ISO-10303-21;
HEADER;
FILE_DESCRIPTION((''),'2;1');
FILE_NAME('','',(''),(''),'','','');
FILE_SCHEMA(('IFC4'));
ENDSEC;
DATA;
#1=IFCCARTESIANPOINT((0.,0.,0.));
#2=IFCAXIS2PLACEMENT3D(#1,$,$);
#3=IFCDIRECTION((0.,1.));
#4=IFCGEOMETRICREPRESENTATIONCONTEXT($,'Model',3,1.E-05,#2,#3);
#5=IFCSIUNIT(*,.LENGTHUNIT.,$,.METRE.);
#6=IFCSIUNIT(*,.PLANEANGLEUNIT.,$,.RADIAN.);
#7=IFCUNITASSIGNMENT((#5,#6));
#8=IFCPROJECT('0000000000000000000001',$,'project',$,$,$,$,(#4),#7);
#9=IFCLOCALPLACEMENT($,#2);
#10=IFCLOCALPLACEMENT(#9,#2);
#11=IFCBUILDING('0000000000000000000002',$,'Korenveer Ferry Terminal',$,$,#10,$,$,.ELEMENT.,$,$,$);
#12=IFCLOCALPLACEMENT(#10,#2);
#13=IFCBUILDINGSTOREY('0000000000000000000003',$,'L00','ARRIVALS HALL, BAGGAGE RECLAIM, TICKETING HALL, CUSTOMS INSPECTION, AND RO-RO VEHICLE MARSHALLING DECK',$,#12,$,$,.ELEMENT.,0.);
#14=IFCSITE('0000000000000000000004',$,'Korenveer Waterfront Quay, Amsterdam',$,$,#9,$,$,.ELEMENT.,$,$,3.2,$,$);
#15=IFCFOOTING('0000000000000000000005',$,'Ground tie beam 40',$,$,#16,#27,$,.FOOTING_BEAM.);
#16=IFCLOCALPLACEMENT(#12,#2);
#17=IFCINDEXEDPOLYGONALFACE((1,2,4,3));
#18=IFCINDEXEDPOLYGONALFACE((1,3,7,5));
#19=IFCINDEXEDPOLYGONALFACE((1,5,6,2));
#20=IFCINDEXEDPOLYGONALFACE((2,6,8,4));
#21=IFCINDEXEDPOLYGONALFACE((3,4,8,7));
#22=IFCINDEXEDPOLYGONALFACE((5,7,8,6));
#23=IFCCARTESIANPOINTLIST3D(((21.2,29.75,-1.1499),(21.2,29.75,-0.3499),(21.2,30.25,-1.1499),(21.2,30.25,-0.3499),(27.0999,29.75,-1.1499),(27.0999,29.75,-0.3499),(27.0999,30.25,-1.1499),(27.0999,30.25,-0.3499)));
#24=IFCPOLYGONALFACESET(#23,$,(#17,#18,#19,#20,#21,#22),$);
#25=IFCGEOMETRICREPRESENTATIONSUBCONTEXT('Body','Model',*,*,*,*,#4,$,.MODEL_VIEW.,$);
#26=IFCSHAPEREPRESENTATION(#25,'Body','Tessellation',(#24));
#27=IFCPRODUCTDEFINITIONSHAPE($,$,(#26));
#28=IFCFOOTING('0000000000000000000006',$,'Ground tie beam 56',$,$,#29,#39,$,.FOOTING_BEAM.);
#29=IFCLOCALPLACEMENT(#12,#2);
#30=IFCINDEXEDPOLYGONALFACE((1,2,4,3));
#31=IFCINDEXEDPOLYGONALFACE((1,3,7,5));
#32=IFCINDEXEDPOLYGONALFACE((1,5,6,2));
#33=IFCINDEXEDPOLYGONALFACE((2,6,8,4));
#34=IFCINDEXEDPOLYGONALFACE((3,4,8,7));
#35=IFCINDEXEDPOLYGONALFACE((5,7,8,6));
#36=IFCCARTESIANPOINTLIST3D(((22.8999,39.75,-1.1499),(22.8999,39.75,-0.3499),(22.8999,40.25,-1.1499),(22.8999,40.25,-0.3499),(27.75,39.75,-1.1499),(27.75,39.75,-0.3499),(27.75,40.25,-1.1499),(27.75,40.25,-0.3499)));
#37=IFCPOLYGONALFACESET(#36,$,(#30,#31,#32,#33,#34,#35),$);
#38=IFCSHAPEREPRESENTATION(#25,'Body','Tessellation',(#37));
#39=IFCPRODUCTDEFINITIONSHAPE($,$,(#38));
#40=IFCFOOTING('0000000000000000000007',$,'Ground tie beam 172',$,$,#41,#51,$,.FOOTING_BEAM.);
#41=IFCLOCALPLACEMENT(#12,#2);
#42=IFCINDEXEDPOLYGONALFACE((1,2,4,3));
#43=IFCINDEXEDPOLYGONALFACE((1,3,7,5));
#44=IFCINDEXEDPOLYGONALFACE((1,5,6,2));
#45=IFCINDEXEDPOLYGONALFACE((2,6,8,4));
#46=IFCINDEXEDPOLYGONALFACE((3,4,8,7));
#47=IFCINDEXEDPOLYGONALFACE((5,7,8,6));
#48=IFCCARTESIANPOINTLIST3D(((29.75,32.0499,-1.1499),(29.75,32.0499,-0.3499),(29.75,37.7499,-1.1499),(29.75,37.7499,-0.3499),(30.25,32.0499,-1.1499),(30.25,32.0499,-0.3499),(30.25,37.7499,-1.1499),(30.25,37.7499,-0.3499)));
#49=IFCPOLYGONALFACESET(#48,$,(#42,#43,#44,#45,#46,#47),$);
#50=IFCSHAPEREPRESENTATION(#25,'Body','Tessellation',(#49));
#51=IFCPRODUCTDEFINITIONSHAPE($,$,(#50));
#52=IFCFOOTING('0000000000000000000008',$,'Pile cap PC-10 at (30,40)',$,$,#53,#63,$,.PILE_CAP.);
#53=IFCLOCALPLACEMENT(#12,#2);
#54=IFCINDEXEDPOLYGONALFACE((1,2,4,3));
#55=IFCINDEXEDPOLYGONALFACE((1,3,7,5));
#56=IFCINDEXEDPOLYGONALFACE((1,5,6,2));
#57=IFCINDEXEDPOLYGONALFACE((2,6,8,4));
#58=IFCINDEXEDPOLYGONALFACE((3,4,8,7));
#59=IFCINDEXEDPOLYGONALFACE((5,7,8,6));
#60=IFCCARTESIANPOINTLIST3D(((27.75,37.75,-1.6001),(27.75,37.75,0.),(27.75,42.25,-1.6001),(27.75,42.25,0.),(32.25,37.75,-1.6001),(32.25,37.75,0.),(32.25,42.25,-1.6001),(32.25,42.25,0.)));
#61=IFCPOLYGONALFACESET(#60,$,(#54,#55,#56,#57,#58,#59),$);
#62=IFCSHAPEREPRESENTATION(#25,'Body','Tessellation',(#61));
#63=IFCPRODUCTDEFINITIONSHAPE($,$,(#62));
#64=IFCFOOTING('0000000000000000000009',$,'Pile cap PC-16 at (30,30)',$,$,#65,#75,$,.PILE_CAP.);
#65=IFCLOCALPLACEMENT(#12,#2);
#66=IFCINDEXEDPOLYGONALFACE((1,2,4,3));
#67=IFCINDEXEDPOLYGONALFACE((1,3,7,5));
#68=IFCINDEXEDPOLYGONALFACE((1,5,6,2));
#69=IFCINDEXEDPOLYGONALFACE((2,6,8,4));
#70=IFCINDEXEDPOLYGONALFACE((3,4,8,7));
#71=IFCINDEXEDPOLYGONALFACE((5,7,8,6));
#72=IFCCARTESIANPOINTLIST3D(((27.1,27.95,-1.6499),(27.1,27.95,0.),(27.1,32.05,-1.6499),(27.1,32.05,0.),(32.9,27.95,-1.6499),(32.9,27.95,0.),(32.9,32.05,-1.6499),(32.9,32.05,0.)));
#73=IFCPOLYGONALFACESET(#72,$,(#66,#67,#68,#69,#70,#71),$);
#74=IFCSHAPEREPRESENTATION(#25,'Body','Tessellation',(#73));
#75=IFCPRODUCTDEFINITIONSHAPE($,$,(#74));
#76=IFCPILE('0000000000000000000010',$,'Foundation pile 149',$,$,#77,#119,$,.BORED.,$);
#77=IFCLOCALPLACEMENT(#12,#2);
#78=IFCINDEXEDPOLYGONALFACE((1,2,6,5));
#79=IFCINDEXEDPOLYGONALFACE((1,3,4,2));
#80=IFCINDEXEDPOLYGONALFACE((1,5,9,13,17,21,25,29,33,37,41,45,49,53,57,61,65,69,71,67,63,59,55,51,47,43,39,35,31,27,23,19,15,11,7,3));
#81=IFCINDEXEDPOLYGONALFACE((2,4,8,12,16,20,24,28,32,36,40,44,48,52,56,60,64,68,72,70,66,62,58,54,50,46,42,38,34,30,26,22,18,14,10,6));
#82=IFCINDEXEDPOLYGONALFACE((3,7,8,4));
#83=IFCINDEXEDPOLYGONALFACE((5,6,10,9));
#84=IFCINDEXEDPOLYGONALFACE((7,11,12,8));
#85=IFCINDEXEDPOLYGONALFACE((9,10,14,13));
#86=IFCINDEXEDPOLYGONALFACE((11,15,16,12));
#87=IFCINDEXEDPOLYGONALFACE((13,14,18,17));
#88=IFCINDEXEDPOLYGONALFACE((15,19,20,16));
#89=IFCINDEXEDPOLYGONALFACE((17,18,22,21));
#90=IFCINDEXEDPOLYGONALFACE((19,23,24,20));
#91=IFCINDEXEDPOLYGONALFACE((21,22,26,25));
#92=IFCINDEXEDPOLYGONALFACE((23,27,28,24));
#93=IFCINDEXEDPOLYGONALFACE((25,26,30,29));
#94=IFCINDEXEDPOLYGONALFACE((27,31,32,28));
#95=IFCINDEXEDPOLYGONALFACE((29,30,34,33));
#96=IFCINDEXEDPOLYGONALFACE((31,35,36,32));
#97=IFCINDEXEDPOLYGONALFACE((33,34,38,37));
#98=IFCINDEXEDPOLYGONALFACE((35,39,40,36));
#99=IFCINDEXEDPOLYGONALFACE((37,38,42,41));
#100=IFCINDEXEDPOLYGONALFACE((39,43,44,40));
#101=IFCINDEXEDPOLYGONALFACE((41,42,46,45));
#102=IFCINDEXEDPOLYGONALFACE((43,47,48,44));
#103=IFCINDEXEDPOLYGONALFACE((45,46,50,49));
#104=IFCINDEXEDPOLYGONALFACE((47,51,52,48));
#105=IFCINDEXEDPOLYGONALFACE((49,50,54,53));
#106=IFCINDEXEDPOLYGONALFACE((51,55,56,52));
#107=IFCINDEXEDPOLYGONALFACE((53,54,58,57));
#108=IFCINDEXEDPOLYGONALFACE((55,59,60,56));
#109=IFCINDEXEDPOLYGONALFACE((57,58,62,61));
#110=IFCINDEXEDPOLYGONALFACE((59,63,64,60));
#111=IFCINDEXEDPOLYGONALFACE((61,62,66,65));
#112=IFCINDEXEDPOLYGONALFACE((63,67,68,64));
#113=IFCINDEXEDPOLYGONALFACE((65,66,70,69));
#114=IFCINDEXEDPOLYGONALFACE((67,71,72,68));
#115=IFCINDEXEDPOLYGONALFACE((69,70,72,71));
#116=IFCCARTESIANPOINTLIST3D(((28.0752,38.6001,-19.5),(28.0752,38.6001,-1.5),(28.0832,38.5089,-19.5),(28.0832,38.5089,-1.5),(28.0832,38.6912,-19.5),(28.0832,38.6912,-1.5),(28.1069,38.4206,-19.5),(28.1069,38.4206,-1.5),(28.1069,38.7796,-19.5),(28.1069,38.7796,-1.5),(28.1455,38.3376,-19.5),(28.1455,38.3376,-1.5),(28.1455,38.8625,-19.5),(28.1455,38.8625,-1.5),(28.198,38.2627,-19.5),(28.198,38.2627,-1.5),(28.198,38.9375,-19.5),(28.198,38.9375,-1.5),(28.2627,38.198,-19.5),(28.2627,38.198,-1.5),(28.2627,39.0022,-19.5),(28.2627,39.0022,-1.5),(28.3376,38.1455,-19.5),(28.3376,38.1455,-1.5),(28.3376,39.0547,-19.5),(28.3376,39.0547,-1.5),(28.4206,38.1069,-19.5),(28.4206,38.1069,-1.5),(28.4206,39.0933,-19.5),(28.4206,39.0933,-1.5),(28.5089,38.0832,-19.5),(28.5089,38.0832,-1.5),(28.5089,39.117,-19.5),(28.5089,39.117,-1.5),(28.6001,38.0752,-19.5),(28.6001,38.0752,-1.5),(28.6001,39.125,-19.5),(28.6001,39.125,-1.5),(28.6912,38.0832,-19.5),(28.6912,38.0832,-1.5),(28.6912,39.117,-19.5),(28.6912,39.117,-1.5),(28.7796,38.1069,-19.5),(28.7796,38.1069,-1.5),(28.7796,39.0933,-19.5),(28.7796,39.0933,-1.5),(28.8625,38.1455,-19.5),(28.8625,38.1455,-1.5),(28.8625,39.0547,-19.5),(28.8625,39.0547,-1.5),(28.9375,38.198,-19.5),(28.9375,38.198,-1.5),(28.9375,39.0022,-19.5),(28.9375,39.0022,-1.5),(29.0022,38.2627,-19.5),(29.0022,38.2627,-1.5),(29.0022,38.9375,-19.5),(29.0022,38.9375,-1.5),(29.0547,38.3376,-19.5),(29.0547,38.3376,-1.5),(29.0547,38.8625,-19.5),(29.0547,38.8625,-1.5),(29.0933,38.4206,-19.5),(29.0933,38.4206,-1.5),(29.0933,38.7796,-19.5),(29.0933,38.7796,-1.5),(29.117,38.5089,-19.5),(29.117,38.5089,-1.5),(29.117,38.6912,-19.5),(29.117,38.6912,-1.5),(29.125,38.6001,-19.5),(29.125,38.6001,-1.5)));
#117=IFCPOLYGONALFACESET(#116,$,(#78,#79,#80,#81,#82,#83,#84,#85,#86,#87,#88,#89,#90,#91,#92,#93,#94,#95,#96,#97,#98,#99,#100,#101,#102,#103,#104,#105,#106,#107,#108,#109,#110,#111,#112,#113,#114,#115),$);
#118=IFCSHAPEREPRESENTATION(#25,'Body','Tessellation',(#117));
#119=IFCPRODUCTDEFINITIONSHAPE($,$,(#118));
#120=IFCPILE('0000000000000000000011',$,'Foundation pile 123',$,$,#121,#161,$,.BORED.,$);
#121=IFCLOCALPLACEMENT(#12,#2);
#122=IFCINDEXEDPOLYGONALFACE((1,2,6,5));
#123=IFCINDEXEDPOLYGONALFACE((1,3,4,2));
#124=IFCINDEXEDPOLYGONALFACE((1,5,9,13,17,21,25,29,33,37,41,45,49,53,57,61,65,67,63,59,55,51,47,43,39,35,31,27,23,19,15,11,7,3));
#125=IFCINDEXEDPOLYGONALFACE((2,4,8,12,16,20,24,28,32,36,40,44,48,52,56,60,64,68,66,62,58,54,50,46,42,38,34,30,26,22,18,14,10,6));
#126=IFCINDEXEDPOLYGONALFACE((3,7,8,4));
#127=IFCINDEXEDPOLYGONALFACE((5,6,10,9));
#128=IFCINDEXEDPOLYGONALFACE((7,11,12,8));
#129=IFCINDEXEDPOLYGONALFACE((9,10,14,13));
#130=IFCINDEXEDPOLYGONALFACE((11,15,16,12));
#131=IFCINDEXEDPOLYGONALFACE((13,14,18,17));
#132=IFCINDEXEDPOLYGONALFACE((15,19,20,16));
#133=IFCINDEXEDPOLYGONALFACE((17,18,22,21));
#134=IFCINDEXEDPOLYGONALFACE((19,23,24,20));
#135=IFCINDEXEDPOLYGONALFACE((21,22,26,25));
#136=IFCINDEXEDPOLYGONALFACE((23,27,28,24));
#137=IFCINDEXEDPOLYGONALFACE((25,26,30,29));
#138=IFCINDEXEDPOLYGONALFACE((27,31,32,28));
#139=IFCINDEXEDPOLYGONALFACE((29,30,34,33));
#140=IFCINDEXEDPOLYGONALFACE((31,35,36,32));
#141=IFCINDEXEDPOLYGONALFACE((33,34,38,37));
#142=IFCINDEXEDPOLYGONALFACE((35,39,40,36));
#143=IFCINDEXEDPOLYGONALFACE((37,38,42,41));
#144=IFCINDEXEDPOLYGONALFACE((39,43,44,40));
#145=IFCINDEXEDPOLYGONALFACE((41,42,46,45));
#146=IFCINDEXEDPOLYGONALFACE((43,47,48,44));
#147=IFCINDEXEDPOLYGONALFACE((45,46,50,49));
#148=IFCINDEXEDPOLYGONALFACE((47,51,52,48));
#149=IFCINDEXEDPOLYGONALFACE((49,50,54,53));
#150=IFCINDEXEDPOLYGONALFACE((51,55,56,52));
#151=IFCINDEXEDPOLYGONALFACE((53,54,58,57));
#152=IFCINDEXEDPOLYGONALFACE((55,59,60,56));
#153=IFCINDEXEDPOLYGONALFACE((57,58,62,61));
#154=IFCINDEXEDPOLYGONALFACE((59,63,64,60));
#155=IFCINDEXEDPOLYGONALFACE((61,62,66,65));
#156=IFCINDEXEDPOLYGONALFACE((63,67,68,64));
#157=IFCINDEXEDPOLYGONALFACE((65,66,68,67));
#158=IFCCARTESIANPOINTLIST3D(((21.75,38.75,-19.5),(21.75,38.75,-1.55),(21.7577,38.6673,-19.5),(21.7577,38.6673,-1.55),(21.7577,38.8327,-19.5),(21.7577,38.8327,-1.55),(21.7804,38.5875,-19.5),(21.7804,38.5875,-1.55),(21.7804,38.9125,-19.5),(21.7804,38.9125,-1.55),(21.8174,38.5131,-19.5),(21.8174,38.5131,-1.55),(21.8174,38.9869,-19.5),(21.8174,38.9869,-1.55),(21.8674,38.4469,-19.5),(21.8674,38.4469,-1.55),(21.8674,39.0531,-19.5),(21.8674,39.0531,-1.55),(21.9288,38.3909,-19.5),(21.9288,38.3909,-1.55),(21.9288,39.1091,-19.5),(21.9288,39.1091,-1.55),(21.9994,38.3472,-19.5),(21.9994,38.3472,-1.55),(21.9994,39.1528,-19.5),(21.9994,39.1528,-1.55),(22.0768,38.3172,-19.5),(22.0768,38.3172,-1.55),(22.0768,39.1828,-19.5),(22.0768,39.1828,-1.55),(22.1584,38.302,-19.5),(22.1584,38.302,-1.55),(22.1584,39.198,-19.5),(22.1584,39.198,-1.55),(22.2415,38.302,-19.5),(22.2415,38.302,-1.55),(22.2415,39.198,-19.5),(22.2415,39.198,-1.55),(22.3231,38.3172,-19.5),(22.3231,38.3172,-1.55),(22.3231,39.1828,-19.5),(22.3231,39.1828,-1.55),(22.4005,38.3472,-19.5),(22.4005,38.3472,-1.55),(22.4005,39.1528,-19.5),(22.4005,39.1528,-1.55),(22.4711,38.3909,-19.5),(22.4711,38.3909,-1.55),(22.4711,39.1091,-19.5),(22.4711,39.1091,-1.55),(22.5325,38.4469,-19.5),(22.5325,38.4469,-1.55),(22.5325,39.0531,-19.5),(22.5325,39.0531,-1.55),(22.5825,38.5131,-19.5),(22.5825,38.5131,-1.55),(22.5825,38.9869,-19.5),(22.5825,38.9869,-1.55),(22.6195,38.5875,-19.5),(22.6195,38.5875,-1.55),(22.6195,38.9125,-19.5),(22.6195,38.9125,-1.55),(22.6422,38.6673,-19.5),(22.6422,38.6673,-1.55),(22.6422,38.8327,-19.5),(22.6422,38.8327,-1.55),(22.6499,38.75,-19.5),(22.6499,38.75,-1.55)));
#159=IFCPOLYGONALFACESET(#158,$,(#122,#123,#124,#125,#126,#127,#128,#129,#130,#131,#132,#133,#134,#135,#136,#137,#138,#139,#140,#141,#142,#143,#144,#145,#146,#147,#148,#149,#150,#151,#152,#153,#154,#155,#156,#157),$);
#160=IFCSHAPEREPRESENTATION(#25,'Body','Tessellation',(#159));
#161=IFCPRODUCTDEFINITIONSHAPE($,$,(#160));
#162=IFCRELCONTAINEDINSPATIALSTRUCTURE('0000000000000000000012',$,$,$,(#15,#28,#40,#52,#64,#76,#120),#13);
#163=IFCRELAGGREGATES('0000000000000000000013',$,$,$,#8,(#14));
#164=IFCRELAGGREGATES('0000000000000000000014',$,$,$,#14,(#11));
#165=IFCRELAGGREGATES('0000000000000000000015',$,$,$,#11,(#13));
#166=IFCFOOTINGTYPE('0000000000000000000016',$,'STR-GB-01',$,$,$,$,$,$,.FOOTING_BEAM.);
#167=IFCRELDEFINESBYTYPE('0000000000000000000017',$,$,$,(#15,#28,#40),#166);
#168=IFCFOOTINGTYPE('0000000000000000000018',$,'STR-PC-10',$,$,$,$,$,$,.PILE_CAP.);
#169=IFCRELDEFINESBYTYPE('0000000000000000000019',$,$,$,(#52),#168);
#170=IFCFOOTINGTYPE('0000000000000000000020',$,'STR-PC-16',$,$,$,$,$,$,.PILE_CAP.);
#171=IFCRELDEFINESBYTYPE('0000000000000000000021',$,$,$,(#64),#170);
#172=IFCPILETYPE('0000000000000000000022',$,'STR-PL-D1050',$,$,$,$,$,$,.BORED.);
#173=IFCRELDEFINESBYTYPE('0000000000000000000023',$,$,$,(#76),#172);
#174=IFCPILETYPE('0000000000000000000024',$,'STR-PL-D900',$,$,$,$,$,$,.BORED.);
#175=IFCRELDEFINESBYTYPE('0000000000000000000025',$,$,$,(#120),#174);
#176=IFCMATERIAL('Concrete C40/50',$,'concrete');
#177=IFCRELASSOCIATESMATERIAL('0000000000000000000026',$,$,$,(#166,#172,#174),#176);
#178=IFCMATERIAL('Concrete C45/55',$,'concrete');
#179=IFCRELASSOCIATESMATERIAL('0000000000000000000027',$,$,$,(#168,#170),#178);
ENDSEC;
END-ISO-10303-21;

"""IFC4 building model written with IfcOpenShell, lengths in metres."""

from ifc_helpers import new_model, si_unit, direction, frame, origin, origin_2d, place, context, subcontext, project, spatial, rectangle, circle, extrude, material, material_profile, profile_set, type_object, element, save


model = new_model("IFC4")

# Units and contexts
model_context = context("Model", 3, precision=1e-05, world=origin(), true_north=direction((0.0, 1.0)))
body_context = subcontext(model_context, "Body", "Model", "MODEL_VIEW")
ifc_project = project(units=[si_unit("LENGTHUNIT", "METRE"), si_unit("PLANEANGLEUNIT", "RADIAN")], contexts=[model_context])

# Site, building, storey
site_placement = place(None, origin())
site = spatial("IfcSite", under=ifc_project, at=site_placement, Name="Korenveer Waterfront Quay, Amsterdam", CompositionType="ELEMENT", RefElevation=3.2)
building_placement = place(site_placement, origin())
building = spatial("IfcBuilding", under=site, at=building_placement, Name="Korenveer Ferry Terminal", CompositionType="ELEMENT")
storey_placement = place(building_placement, origin())
storey = spatial("IfcBuildingStorey", under=building, at=storey_placement, Name="L00", Description="ARRIVALS HALL, BAGGAGE RECLAIM, TICKETING HALL, CUSTOMS INSPECTION, AND RO-RO VEHICLE MARSHALLING DECK", CompositionType="ELEMENT", Elevation=0.0)

# Footings
ifc_material_1 = material(Name="Concrete C40/50", Category="concrete")
footing_type_1 = type_object("IfcFootingType", Name="STR-GB-01", PredefinedType="FOOTING_BEAM", material=ifc_material_1)
footing_1_placement = place(storey_placement, frame((24.1499, 30.0, -1.1499), z_axis=(0.0, 0.0, 1.0), x_axis=(1.0, 0.0, 0.0)))
element("IfcFooting", 1, at=footing_1_placement, inside=storey, type_object=footing_type_1, Name="Ground tie beam 40", PredefinedType="FOOTING_BEAM", context=body_context, shape_type="SweptSolid", body=[
    extrude(rectangle(XDim=5.8999, YDim=0.5, at=origin_2d()), origin(), (0.0, 0.0, 1.0), 0.8),
])
footing_2_placement = place(storey_placement, frame((25.325, 40.0, -1.1499), z_axis=(0.0, 0.0, 1.0), x_axis=(1.0, 0.0, 0.0)))
element("IfcFooting", 2, at=footing_2_placement, inside=storey, type_object=footing_type_1, Name="Ground tie beam 56", PredefinedType="FOOTING_BEAM", context=body_context, shape_type="SweptSolid", body=[
    extrude(rectangle(XDim=4.8501, YDim=0.5, at=origin_2d()), origin(), (0.0, 0.0, 1.0), 0.8),
])
footing_3_placement = place(storey_placement, frame((30.0, 34.8999, -1.1499), z_axis=(0.0, 0.0, 1.0), x_axis=(1.0, 0.0, 0.0)))
element("IfcFooting", 3, at=footing_3_placement, inside=storey, type_object=footing_type_1, Name="Ground tie beam 172", PredefinedType="FOOTING_BEAM", context=body_context, shape_type="SweptSolid", body=[
    extrude(rectangle(XDim=0.5, YDim=5.7, at=origin_2d()), origin(), (0.0, 0.0, 1.0), 0.8),
])
ifc_material_2 = material(Name="Concrete C45/55", Category="concrete")
footing_type_2 = type_object("IfcFootingType", Name="STR-PC-10", PredefinedType="PILE_CAP", material=ifc_material_2)
footing_4_placement = place(storey_placement, frame((30.0, 40.0, -1.6001), z_axis=(0.0, 0.0, 1.0), x_axis=(1.0, 0.0, 0.0)))
element("IfcFooting", 4, at=footing_4_placement, inside=storey, type_object=footing_type_2, Name="Pile cap PC-10 at (30,40)", PredefinedType="PILE_CAP", context=body_context, shape_type="SweptSolid", body=[
    extrude(rectangle(XDim=4.5, YDim=4.5, at=origin_2d()), origin(), (0.0, 0.0, 1.0), 1.6001),
])
footing_type_3 = type_object("IfcFootingType", Name="STR-PC-16", PredefinedType="PILE_CAP", material=ifc_material_2)
footing_5_placement = place(storey_placement, frame((30.0, 30.0, -1.6499), z_axis=(0.0, 0.0, 1.0), x_axis=(1.0, 0.0, 0.0)))
element("IfcFooting", 5, at=footing_5_placement, inside=storey, type_object=footing_type_3, Name="Pile cap PC-16 at (30,30)", PredefinedType="PILE_CAP", context=body_context, shape_type="SweptSolid", body=[
    extrude(rectangle(XDim=5.8, YDim=4.1001, at=origin_2d()), origin(), (0.0, 0.0, 1.0), 1.6499),
])

# Piles
ifc_material_profile_1 = material_profile(ifc_material_1, circle(Radius=0.5249, at=origin_2d()), Name="PILE D1050")
ifc_profile_set_1 = profile_set([ifc_material_profile_1], Name="Concrete C40/50")
pile_type_1 = type_object("IfcPileType", Name="STR-PL-D1050", PredefinedType="BORED", material=ifc_profile_set_1)
pile_placement = place(storey_placement, frame((28.6001, 38.6001, -1.5), z_axis=(0.0, 0.0, -1.0), x_axis=(1.0, 0.0, 0.0)))
element("IfcPile", 6, at=pile_placement, inside=storey, type_object=pile_type_1, Name="Foundation pile 149", PredefinedType="BORED", context=body_context, shape_type="SweptSolid", body=[
    extrude(circle(Radius=0.5249, at=origin_2d()), origin(), (0.0, 0.0, 1.0), 18.0),
])
ifc_material_profile_2 = material_profile(ifc_material_1, circle(Radius=0.45, at=origin_2d()), Name="PILE D900")
ifc_profile_set_2 = profile_set([ifc_material_profile_2], Name="Concrete C40/50")
pile_type_2 = type_object("IfcPileType", Name="STR-PL-D900", PredefinedType="BORED", material=ifc_profile_set_2)
for number, where, z_axis, x_axis, name in (
    (7, (22.2, 38.75, -1.55), (0.0, 0.0, -1.0), (1.0, 0.0, 0.0), "Foundation pile 123"),
):
    element("IfcPile", number, at=place(storey_placement, frame(where, z_axis=z_axis, x_axis=x_axis)), inside=storey, type_object=pile_type_2, Name=name, PredefinedType="BORED", context=body_context, shape_type="SweptSolid", body=[
        extrude(circle(Radius=0.45, at=origin_2d()), origin(), (0.0, 0.0, 1.0), 17.95),
    ])

save(model, "model.ifc")
